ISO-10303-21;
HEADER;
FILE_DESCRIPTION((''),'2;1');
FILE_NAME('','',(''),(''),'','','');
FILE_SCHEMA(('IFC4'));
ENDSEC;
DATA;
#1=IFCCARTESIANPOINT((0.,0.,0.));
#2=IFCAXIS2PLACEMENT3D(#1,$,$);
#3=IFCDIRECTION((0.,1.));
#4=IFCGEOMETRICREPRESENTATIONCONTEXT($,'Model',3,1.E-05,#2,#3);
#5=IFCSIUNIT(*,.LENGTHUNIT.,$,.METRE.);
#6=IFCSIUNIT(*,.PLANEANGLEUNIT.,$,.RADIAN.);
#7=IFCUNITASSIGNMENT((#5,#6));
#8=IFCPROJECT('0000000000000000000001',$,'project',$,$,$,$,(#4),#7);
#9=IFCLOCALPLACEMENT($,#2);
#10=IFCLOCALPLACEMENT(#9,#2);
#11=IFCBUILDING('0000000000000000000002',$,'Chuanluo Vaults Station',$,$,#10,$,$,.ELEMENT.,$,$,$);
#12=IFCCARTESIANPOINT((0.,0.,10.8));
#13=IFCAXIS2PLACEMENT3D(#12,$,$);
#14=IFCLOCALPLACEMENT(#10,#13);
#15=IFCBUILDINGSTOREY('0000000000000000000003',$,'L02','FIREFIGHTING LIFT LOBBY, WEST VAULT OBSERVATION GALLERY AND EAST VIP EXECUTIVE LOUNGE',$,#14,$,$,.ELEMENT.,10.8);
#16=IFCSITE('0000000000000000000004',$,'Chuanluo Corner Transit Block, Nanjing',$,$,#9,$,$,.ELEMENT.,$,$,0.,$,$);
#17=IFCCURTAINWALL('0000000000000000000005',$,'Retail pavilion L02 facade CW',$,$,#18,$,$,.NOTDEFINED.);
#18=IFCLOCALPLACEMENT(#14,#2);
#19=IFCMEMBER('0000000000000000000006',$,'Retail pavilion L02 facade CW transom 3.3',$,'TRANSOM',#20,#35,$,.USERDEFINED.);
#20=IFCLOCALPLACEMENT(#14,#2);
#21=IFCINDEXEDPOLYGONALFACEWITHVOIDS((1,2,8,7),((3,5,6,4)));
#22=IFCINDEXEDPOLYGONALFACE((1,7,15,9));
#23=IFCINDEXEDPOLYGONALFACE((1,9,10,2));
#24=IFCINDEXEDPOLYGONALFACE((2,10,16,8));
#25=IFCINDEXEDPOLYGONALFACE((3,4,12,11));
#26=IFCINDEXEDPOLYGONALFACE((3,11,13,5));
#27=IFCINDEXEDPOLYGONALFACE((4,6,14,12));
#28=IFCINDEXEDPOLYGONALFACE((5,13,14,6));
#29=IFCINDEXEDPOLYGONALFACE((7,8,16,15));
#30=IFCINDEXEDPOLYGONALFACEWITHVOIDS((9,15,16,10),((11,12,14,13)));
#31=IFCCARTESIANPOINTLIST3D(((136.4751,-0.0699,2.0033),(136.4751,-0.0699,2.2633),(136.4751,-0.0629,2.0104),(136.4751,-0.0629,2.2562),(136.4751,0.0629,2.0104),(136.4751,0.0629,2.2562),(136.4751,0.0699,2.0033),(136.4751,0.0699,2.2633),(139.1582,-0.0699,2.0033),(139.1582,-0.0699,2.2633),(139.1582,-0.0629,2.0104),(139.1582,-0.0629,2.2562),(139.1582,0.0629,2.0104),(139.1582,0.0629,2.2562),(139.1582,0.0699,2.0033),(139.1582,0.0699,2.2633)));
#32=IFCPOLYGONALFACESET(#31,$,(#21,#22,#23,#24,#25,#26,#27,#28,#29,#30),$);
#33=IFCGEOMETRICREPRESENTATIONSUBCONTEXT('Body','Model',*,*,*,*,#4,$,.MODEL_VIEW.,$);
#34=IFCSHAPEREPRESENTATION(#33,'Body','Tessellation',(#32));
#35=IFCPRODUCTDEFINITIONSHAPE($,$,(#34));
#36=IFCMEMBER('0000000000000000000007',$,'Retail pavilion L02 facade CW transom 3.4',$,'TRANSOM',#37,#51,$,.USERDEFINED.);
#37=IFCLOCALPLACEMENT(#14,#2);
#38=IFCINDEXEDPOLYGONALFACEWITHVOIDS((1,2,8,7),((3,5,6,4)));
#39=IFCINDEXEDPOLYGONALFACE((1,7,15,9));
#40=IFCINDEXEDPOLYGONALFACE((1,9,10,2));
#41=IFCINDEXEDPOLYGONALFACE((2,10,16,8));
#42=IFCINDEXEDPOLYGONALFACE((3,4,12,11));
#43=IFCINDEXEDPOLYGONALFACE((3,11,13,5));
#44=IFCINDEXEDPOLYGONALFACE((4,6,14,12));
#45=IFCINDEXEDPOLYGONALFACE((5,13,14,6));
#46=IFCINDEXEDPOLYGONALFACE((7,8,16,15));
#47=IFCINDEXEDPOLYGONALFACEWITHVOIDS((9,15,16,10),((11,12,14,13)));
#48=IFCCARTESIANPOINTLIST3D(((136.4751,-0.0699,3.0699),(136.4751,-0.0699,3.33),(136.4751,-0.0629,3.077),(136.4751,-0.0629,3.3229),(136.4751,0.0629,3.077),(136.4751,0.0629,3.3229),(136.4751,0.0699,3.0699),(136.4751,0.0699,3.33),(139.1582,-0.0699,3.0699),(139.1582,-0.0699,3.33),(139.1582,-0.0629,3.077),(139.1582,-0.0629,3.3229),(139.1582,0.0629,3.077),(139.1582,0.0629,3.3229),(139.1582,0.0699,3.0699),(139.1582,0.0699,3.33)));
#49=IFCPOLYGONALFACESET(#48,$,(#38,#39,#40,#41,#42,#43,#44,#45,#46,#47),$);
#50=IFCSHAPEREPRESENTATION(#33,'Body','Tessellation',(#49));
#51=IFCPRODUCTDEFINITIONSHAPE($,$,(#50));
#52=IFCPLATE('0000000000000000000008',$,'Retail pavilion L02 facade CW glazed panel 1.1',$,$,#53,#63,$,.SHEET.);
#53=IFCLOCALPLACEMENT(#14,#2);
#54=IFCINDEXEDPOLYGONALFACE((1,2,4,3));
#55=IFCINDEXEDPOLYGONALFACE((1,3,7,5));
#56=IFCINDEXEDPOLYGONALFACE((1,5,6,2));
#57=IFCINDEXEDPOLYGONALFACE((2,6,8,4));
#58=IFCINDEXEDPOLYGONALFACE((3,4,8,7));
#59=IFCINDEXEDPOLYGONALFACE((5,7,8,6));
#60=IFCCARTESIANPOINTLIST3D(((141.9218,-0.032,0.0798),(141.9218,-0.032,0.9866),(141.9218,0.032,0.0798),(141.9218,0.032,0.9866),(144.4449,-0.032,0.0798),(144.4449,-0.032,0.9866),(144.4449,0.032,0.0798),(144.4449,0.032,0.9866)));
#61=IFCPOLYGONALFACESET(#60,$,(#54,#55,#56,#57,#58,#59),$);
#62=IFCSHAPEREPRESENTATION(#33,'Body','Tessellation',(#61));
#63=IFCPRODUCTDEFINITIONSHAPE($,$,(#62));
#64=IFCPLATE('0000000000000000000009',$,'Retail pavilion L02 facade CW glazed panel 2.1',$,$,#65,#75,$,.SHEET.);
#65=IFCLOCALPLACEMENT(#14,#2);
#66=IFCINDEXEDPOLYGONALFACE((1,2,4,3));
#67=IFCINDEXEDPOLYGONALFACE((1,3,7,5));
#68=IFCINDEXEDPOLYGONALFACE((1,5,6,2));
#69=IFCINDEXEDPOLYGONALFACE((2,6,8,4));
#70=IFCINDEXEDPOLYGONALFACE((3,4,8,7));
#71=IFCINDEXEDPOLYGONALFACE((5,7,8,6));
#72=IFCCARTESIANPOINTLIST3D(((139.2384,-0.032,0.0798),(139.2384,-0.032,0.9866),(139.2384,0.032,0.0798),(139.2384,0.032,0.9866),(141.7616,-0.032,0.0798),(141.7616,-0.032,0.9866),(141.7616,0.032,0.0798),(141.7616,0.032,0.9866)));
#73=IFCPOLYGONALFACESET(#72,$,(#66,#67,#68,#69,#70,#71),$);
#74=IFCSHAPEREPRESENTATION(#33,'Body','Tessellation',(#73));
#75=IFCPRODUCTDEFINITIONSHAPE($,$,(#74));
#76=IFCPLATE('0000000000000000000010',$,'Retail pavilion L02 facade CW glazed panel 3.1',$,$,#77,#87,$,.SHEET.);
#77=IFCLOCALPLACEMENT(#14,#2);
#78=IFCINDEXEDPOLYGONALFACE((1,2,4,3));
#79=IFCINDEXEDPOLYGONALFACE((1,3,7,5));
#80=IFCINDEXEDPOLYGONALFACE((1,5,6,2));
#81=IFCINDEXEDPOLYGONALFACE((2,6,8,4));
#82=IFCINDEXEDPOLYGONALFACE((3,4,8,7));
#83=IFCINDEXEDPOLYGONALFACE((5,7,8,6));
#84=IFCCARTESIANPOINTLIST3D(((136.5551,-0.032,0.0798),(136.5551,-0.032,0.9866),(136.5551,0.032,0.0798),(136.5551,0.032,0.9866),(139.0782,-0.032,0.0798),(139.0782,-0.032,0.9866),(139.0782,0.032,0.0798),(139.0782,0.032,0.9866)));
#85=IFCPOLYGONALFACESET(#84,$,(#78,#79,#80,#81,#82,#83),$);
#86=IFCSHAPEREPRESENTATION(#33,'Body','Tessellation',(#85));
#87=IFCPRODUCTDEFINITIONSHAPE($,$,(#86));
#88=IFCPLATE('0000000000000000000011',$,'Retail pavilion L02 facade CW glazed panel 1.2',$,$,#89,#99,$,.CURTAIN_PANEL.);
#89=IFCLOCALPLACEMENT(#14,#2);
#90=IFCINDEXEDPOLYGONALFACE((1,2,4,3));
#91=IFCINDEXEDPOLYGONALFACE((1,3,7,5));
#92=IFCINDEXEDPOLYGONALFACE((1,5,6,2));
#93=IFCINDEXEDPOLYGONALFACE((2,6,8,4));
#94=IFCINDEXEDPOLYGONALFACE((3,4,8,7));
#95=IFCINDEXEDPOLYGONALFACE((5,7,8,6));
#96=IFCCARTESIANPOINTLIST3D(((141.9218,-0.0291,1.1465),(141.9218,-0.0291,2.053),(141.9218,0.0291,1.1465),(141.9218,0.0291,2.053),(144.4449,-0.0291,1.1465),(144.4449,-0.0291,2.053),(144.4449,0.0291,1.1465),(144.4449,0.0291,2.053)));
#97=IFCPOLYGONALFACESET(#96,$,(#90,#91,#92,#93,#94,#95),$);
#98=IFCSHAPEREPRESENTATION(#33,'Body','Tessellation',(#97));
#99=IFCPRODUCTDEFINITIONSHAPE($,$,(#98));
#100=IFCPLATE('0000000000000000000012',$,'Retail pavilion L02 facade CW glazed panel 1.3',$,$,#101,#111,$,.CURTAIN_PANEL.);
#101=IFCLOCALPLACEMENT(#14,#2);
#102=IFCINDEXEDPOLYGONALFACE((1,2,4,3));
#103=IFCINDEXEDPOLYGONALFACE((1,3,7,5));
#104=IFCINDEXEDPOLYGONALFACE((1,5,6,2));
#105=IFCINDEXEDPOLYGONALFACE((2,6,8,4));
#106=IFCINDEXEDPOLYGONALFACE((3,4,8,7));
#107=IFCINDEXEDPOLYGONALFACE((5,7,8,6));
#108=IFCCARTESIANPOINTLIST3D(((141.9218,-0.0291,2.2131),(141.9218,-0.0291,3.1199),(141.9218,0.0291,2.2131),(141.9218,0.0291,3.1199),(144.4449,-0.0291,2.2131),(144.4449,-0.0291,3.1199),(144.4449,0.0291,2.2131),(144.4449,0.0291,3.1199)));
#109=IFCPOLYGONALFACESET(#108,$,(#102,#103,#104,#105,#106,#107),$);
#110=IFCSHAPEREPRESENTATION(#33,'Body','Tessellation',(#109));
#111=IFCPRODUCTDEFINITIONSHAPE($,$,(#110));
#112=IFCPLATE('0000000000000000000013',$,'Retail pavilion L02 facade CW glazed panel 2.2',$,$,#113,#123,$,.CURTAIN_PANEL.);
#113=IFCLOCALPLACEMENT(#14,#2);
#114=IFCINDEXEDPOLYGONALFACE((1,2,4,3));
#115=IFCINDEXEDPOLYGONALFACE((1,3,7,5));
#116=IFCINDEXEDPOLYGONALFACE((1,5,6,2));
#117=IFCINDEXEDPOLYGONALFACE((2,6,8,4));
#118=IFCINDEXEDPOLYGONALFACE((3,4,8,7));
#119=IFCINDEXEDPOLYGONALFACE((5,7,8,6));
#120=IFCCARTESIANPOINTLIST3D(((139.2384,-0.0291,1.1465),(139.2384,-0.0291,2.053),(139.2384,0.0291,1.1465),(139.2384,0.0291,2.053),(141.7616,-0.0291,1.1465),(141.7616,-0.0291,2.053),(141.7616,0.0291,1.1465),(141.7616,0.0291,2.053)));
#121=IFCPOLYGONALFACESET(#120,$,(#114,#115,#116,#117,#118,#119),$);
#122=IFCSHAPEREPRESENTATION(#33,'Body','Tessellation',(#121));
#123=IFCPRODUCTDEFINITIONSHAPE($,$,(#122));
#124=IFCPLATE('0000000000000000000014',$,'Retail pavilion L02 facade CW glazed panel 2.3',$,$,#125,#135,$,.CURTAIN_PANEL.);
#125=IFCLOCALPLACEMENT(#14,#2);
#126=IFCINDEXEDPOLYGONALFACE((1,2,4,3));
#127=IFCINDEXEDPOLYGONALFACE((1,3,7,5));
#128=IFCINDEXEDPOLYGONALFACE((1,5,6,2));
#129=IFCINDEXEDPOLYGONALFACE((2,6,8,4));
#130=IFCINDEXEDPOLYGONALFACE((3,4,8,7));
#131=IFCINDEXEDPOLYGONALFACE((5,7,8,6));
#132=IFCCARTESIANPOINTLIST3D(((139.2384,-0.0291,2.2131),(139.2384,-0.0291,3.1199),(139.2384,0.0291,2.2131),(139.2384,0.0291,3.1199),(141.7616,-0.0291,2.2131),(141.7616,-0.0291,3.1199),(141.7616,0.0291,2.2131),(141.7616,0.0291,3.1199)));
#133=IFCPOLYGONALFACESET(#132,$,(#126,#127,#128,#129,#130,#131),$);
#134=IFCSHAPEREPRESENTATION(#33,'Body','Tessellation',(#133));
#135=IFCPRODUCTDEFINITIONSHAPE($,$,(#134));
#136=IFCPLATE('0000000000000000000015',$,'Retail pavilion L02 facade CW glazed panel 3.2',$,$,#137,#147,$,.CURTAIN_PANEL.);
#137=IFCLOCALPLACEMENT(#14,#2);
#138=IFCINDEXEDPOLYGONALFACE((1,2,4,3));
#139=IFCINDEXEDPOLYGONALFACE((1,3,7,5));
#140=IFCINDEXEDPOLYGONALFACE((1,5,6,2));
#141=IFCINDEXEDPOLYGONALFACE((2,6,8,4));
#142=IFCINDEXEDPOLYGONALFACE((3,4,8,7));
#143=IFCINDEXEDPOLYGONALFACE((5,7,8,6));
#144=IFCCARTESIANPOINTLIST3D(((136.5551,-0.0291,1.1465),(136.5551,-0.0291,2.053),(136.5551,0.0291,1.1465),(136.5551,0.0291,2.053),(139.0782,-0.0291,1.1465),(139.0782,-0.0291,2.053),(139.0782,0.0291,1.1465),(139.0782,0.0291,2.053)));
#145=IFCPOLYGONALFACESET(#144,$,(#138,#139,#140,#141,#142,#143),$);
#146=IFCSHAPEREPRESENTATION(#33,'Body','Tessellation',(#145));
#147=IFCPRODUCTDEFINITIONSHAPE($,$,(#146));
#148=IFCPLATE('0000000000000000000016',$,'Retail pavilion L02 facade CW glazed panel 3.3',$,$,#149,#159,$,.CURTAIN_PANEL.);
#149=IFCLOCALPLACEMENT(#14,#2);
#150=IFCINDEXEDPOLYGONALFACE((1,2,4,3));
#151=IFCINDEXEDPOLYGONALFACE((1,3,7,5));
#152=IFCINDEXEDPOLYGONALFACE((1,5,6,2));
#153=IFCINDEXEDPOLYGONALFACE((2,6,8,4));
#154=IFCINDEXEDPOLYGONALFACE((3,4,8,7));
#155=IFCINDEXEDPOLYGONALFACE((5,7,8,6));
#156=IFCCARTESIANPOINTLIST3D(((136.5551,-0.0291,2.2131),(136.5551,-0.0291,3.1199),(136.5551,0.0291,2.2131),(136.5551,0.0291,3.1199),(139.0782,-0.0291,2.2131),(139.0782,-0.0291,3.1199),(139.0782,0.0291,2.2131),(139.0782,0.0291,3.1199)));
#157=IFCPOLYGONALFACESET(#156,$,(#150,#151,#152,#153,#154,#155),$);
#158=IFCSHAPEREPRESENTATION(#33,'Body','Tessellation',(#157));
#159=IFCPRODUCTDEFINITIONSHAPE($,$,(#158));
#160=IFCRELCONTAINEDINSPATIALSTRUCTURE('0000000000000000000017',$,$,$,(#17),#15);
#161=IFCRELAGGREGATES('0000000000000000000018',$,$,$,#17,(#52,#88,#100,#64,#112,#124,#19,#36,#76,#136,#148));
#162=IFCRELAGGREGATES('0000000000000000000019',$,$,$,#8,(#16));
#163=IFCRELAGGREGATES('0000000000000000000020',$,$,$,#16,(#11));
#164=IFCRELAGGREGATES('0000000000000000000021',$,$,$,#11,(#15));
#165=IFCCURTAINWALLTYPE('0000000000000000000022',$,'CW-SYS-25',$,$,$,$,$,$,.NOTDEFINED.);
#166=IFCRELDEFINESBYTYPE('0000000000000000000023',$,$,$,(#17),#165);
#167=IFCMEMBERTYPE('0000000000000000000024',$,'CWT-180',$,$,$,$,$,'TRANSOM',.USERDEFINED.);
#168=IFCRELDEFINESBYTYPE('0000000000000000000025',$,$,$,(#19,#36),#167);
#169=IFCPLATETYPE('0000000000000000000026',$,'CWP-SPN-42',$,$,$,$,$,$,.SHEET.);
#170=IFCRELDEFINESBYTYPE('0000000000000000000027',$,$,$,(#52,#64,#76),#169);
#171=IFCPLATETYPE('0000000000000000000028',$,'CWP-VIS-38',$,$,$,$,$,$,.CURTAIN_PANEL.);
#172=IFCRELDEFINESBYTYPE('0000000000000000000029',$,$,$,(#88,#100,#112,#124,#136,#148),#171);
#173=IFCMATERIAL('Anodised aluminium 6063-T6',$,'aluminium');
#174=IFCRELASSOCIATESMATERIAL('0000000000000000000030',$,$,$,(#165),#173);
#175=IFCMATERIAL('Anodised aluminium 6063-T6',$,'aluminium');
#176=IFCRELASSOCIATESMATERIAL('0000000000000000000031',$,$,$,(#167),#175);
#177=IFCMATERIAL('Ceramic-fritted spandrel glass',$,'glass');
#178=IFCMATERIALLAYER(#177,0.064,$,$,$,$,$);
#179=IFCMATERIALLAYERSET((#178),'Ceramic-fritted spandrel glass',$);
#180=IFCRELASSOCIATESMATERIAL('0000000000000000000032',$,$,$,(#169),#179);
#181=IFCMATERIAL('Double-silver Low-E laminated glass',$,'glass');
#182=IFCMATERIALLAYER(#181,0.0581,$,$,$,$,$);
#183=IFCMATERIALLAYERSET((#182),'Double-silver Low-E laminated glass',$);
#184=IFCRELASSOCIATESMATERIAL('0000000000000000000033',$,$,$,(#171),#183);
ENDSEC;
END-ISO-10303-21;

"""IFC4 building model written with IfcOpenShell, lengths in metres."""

from ifc_helpers import new_model, si_unit, direction, frame, origin, origin_2d, place, context, subcontext, project, spatial, rectangle, hollow_rectangle, extrude, material, layer, layer_set, material_profile, profile_set, type_object, element, aggregate, save


model = new_model("IFC4")

# Units and contexts
model_context = context("Model", 3, precision=1e-05, world=origin(), true_north=direction((0.0, 1.0)))
body_context = subcontext(model_context, "Body", "Model", "MODEL_VIEW")
ifc_project = project(units=[si_unit("LENGTHUNIT", "METRE"), si_unit("PLANEANGLEUNIT", "RADIAN")], contexts=[model_context])

# Site, building, storey
site_placement = place(None, origin())
site = spatial("IfcSite", under=ifc_project, at=site_placement, Name="Chuanluo Corner Transit Block, Nanjing", CompositionType="ELEMENT", RefElevation=0.0)
building_placement = place(site_placement, origin())
building = spatial("IfcBuilding", under=site, at=building_placement, Name="Chuanluo Vaults Station", CompositionType="ELEMENT")
storey_placement = place(building_placement, frame((0.0, 0.0, 10.8)))
storey = spatial("IfcBuildingStorey", under=building, at=storey_placement, Name="L02", Description="FIREFIGHTING LIFT LOBBY, WEST VAULT OBSERVATION GALLERY AND EAST VIP EXECUTIVE LOUNGE", CompositionType="ELEMENT", Elevation=10.8)

# Curtain wall, members, plates
ifc_material_1 = material(Name="Anodised aluminium 6063-T6", Category="aluminium")
curtain_wall_type = type_object("IfcCurtainWallType", Name="CW-SYS-25", PredefinedType="NOTDEFINED", material=ifc_material_1)
curtain_wall_placement = place(storey_placement, origin())
curtain_wall = element("IfcCurtainWall", 1, at=curtain_wall_placement, inside=storey, type_object=curtain_wall_type, Name="Retail pavilion L02 facade CW", PredefinedType="NOTDEFINED")
ifc_material_2 = material(Name="Anodised aluminium 6063-T6", Category="aluminium")
ifc_material_profile_1 = material_profile(ifc_material_2, hollow_rectangle(XDim=0.1399, YDim=0.26, WallThickness=0.0071, at=origin_2d()))
ifc_profile_set_1 = profile_set([ifc_material_profile_1], Name="Anodised aluminium 6063-T6")
member_type_1 = type_object("IfcMemberType", Name="CWT-180", ElementType="TRANSOM", PredefinedType="USERDEFINED", material=ifc_profile_set_1)
member_1_placement = place(storey_placement, frame((139.1582, 0.0, 2.1333), z_axis=(-1.0, 0.0, 0.0), x_axis=(0.0, -1.0, 0.0)))
member_1 = element("IfcMember", 2, at=member_1_placement, type_object=member_type_1, Name="Retail pavilion L02 facade CW transom 3.3", ObjectType="TRANSOM", PredefinedType="USERDEFINED", context=body_context, shape_type="SweptSolid", body=[
    extrude(hollow_rectangle(XDim=0.1399, YDim=0.26, WallThickness=0.0071, at=origin_2d()), origin(), (0.0, 0.0, 1.0), 2.6831),
])
member_2_placement = place(storey_placement, frame((139.1582, 0.0, 3.2), z_axis=(-1.0, 0.0, 0.0), x_axis=(0.0, -1.0, 0.0)))
member_2 = element("IfcMember", 3, at=member_2_placement, type_object=member_type_1, Name="Retail pavilion L02 facade CW transom 3.4", ObjectType="TRANSOM", PredefinedType="USERDEFINED", context=body_context, shape_type="SweptSolid", body=[
    extrude(hollow_rectangle(XDim=0.1399, YDim=0.26, WallThickness=0.0071, at=origin_2d()), origin(), (0.0, 0.0, 1.0), 2.6831),
])
ifc_material_3 = material(Name="Ceramic-fritted spandrel glass", Category="glass")
ifc_layer_1 = layer(ifc_material_3, 0.064)
ifc_layer_set_1 = layer_set([ifc_layer_1], Name="Ceramic-fritted spandrel glass")
plate_type_1 = type_object("IfcPlateType", Name="CWP-SPN-42", PredefinedType="SHEET", material=ifc_layer_set_1)
plate_1_placement = place(storey_placement, frame((143.1833, 0.0, 0.0798), z_axis=(0.0, 0.0, 1.0), x_axis=(-1.0, 0.0, 0.0)))
plate_1 = element("IfcPlate", 4, at=plate_1_placement, type_object=plate_type_1, Name="Retail pavilion L02 facade CW glazed panel 1.1", PredefinedType="SHEET", context=body_context, shape_type="SweptSolid", body=[
    extrude(rectangle(XDim=2.5232, YDim=0.064, at=origin_2d()), origin(), (0.0, 0.0, 1.0), 0.9067),
])
plate_2_placement = place(storey_placement, frame((140.5, 0.0, 0.0798), z_axis=(0.0, 0.0, 1.0), x_axis=(-1.0, 0.0, 0.0)))
plate_2 = element("IfcPlate", 5, at=plate_2_placement, type_object=plate_type_1, Name="Retail pavilion L02 facade CW glazed panel 2.1", PredefinedType="SHEET", context=body_context, shape_type="SweptSolid", body=[
    extrude(rectangle(XDim=2.5232, YDim=0.064, at=origin_2d()), origin(), (0.0, 0.0, 1.0), 0.9067),
])
plate_3_placement = place(storey_placement, frame((137.8167, 0.0, 0.0798), z_axis=(0.0, 0.0, 1.0), x_axis=(-1.0, 0.0, 0.0)))
plate_3 = element("IfcPlate", 6, at=plate_3_placement, type_object=plate_type_1, Name="Retail pavilion L02 facade CW glazed panel 3.1", PredefinedType="SHEET", context=body_context, shape_type="SweptSolid", body=[
    extrude(rectangle(XDim=2.5232, YDim=0.064, at=origin_2d()), origin(), (0.0, 0.0, 1.0), 0.9067),
])
ifc_material_4 = material(Name="Double-silver Low-E laminated glass", Category="glass")
ifc_layer_2 = layer(ifc_material_4, 0.0581)
ifc_layer_set_2 = layer_set([ifc_layer_2], Name="Double-silver Low-E laminated glass")
plate_type_2 = type_object("IfcPlateType", Name="CWP-VIS-38", PredefinedType="CURTAIN_PANEL", material=ifc_layer_set_2)
plate_4_placement = place(storey_placement, frame((143.1833, 0.0, 1.1465), z_axis=(0.0, 0.0, 1.0), x_axis=(-1.0, 0.0, 0.0)))
plate_4 = element("IfcPlate", 7, at=plate_4_placement, type_object=plate_type_2, Name="Retail pavilion L02 facade CW glazed panel 1.2", PredefinedType="CURTAIN_PANEL", context=body_context, shape_type="SweptSolid", body=[
    extrude(rectangle(XDim=2.5232, YDim=0.0581, at=origin_2d()), origin(), (0.0, 0.0, 1.0), 0.9065),
])
plate_5_placement = place(storey_placement, frame((143.1833, 0.0, 2.2131), z_axis=(0.0, 0.0, 1.0), x_axis=(-1.0, 0.0, 0.0)))
plate_5 = element("IfcPlate", 8, at=plate_5_placement, type_object=plate_type_2, Name="Retail pavilion L02 facade CW glazed panel 1.3", PredefinedType="CURTAIN_PANEL", context=body_context, shape_type="SweptSolid", body=[
    extrude(rectangle(XDim=2.5232, YDim=0.0581, at=origin_2d()), origin(), (0.0, 0.0, 1.0), 0.9067),
])
plate_6_placement = place(storey_placement, frame((140.5, 0.0, 1.1465), z_axis=(0.0, 0.0, 1.0), x_axis=(-1.0, 0.0, 0.0)))
plate_6 = element("IfcPlate", 9, at=plate_6_placement, type_object=plate_type_2, Name="Retail pavilion L02 facade CW glazed panel 2.2", PredefinedType="CURTAIN_PANEL", context=body_context, shape_type="SweptSolid", body=[
    extrude(rectangle(XDim=2.5232, YDim=0.0581, at=origin_2d()), origin(), (0.0, 0.0, 1.0), 0.9065),
])
plate_7_placement = place(storey_placement, frame((140.5, 0.0, 2.2131), z_axis=(0.0, 0.0, 1.0), x_axis=(-1.0, 0.0, 0.0)))
plate_7 = element("IfcPlate", 10, at=plate_7_placement, type_object=plate_type_2, Name="Retail pavilion L02 facade CW glazed panel 2.3", PredefinedType="CURTAIN_PANEL", context=body_context, shape_type="SweptSolid", body=[
    extrude(rectangle(XDim=2.5232, YDim=0.0581, at=origin_2d()), origin(), (0.0, 0.0, 1.0), 0.9067),
])
plate_8_placement = place(storey_placement, frame((137.8167, 0.0, 1.1465), z_axis=(0.0, 0.0, 1.0), x_axis=(-1.0, 0.0, 0.0)))
plate_8 = element("IfcPlate", 11, at=plate_8_placement, type_object=plate_type_2, Name="Retail pavilion L02 facade CW glazed panel 3.2", PredefinedType="CURTAIN_PANEL", context=body_context, shape_type="SweptSolid", body=[
    extrude(rectangle(XDim=2.5232, YDim=0.0581, at=origin_2d()), origin(), (0.0, 0.0, 1.0), 0.9065),
])
plate_9_placement = place(storey_placement, frame((137.8167, 0.0, 2.2131), z_axis=(0.0, 0.0, 1.0), x_axis=(-1.0, 0.0, 0.0)))
plate_9 = element("IfcPlate", 12, at=plate_9_placement, type_object=plate_type_2, Name="Retail pavilion L02 facade CW glazed panel 3.3", PredefinedType="CURTAIN_PANEL", context=body_context, shape_type="SweptSolid", body=[
    extrude(rectangle(XDim=2.5232, YDim=0.0581, at=origin_2d()), origin(), (0.0, 0.0, 1.0), 0.9067),
])
aggregate(curtain_wall, [plate_1, plate_4, plate_5, plate_2, plate_6, plate_7, member_1, member_2, plate_3, plate_8, plate_9])

save(model, "model.ifc")
